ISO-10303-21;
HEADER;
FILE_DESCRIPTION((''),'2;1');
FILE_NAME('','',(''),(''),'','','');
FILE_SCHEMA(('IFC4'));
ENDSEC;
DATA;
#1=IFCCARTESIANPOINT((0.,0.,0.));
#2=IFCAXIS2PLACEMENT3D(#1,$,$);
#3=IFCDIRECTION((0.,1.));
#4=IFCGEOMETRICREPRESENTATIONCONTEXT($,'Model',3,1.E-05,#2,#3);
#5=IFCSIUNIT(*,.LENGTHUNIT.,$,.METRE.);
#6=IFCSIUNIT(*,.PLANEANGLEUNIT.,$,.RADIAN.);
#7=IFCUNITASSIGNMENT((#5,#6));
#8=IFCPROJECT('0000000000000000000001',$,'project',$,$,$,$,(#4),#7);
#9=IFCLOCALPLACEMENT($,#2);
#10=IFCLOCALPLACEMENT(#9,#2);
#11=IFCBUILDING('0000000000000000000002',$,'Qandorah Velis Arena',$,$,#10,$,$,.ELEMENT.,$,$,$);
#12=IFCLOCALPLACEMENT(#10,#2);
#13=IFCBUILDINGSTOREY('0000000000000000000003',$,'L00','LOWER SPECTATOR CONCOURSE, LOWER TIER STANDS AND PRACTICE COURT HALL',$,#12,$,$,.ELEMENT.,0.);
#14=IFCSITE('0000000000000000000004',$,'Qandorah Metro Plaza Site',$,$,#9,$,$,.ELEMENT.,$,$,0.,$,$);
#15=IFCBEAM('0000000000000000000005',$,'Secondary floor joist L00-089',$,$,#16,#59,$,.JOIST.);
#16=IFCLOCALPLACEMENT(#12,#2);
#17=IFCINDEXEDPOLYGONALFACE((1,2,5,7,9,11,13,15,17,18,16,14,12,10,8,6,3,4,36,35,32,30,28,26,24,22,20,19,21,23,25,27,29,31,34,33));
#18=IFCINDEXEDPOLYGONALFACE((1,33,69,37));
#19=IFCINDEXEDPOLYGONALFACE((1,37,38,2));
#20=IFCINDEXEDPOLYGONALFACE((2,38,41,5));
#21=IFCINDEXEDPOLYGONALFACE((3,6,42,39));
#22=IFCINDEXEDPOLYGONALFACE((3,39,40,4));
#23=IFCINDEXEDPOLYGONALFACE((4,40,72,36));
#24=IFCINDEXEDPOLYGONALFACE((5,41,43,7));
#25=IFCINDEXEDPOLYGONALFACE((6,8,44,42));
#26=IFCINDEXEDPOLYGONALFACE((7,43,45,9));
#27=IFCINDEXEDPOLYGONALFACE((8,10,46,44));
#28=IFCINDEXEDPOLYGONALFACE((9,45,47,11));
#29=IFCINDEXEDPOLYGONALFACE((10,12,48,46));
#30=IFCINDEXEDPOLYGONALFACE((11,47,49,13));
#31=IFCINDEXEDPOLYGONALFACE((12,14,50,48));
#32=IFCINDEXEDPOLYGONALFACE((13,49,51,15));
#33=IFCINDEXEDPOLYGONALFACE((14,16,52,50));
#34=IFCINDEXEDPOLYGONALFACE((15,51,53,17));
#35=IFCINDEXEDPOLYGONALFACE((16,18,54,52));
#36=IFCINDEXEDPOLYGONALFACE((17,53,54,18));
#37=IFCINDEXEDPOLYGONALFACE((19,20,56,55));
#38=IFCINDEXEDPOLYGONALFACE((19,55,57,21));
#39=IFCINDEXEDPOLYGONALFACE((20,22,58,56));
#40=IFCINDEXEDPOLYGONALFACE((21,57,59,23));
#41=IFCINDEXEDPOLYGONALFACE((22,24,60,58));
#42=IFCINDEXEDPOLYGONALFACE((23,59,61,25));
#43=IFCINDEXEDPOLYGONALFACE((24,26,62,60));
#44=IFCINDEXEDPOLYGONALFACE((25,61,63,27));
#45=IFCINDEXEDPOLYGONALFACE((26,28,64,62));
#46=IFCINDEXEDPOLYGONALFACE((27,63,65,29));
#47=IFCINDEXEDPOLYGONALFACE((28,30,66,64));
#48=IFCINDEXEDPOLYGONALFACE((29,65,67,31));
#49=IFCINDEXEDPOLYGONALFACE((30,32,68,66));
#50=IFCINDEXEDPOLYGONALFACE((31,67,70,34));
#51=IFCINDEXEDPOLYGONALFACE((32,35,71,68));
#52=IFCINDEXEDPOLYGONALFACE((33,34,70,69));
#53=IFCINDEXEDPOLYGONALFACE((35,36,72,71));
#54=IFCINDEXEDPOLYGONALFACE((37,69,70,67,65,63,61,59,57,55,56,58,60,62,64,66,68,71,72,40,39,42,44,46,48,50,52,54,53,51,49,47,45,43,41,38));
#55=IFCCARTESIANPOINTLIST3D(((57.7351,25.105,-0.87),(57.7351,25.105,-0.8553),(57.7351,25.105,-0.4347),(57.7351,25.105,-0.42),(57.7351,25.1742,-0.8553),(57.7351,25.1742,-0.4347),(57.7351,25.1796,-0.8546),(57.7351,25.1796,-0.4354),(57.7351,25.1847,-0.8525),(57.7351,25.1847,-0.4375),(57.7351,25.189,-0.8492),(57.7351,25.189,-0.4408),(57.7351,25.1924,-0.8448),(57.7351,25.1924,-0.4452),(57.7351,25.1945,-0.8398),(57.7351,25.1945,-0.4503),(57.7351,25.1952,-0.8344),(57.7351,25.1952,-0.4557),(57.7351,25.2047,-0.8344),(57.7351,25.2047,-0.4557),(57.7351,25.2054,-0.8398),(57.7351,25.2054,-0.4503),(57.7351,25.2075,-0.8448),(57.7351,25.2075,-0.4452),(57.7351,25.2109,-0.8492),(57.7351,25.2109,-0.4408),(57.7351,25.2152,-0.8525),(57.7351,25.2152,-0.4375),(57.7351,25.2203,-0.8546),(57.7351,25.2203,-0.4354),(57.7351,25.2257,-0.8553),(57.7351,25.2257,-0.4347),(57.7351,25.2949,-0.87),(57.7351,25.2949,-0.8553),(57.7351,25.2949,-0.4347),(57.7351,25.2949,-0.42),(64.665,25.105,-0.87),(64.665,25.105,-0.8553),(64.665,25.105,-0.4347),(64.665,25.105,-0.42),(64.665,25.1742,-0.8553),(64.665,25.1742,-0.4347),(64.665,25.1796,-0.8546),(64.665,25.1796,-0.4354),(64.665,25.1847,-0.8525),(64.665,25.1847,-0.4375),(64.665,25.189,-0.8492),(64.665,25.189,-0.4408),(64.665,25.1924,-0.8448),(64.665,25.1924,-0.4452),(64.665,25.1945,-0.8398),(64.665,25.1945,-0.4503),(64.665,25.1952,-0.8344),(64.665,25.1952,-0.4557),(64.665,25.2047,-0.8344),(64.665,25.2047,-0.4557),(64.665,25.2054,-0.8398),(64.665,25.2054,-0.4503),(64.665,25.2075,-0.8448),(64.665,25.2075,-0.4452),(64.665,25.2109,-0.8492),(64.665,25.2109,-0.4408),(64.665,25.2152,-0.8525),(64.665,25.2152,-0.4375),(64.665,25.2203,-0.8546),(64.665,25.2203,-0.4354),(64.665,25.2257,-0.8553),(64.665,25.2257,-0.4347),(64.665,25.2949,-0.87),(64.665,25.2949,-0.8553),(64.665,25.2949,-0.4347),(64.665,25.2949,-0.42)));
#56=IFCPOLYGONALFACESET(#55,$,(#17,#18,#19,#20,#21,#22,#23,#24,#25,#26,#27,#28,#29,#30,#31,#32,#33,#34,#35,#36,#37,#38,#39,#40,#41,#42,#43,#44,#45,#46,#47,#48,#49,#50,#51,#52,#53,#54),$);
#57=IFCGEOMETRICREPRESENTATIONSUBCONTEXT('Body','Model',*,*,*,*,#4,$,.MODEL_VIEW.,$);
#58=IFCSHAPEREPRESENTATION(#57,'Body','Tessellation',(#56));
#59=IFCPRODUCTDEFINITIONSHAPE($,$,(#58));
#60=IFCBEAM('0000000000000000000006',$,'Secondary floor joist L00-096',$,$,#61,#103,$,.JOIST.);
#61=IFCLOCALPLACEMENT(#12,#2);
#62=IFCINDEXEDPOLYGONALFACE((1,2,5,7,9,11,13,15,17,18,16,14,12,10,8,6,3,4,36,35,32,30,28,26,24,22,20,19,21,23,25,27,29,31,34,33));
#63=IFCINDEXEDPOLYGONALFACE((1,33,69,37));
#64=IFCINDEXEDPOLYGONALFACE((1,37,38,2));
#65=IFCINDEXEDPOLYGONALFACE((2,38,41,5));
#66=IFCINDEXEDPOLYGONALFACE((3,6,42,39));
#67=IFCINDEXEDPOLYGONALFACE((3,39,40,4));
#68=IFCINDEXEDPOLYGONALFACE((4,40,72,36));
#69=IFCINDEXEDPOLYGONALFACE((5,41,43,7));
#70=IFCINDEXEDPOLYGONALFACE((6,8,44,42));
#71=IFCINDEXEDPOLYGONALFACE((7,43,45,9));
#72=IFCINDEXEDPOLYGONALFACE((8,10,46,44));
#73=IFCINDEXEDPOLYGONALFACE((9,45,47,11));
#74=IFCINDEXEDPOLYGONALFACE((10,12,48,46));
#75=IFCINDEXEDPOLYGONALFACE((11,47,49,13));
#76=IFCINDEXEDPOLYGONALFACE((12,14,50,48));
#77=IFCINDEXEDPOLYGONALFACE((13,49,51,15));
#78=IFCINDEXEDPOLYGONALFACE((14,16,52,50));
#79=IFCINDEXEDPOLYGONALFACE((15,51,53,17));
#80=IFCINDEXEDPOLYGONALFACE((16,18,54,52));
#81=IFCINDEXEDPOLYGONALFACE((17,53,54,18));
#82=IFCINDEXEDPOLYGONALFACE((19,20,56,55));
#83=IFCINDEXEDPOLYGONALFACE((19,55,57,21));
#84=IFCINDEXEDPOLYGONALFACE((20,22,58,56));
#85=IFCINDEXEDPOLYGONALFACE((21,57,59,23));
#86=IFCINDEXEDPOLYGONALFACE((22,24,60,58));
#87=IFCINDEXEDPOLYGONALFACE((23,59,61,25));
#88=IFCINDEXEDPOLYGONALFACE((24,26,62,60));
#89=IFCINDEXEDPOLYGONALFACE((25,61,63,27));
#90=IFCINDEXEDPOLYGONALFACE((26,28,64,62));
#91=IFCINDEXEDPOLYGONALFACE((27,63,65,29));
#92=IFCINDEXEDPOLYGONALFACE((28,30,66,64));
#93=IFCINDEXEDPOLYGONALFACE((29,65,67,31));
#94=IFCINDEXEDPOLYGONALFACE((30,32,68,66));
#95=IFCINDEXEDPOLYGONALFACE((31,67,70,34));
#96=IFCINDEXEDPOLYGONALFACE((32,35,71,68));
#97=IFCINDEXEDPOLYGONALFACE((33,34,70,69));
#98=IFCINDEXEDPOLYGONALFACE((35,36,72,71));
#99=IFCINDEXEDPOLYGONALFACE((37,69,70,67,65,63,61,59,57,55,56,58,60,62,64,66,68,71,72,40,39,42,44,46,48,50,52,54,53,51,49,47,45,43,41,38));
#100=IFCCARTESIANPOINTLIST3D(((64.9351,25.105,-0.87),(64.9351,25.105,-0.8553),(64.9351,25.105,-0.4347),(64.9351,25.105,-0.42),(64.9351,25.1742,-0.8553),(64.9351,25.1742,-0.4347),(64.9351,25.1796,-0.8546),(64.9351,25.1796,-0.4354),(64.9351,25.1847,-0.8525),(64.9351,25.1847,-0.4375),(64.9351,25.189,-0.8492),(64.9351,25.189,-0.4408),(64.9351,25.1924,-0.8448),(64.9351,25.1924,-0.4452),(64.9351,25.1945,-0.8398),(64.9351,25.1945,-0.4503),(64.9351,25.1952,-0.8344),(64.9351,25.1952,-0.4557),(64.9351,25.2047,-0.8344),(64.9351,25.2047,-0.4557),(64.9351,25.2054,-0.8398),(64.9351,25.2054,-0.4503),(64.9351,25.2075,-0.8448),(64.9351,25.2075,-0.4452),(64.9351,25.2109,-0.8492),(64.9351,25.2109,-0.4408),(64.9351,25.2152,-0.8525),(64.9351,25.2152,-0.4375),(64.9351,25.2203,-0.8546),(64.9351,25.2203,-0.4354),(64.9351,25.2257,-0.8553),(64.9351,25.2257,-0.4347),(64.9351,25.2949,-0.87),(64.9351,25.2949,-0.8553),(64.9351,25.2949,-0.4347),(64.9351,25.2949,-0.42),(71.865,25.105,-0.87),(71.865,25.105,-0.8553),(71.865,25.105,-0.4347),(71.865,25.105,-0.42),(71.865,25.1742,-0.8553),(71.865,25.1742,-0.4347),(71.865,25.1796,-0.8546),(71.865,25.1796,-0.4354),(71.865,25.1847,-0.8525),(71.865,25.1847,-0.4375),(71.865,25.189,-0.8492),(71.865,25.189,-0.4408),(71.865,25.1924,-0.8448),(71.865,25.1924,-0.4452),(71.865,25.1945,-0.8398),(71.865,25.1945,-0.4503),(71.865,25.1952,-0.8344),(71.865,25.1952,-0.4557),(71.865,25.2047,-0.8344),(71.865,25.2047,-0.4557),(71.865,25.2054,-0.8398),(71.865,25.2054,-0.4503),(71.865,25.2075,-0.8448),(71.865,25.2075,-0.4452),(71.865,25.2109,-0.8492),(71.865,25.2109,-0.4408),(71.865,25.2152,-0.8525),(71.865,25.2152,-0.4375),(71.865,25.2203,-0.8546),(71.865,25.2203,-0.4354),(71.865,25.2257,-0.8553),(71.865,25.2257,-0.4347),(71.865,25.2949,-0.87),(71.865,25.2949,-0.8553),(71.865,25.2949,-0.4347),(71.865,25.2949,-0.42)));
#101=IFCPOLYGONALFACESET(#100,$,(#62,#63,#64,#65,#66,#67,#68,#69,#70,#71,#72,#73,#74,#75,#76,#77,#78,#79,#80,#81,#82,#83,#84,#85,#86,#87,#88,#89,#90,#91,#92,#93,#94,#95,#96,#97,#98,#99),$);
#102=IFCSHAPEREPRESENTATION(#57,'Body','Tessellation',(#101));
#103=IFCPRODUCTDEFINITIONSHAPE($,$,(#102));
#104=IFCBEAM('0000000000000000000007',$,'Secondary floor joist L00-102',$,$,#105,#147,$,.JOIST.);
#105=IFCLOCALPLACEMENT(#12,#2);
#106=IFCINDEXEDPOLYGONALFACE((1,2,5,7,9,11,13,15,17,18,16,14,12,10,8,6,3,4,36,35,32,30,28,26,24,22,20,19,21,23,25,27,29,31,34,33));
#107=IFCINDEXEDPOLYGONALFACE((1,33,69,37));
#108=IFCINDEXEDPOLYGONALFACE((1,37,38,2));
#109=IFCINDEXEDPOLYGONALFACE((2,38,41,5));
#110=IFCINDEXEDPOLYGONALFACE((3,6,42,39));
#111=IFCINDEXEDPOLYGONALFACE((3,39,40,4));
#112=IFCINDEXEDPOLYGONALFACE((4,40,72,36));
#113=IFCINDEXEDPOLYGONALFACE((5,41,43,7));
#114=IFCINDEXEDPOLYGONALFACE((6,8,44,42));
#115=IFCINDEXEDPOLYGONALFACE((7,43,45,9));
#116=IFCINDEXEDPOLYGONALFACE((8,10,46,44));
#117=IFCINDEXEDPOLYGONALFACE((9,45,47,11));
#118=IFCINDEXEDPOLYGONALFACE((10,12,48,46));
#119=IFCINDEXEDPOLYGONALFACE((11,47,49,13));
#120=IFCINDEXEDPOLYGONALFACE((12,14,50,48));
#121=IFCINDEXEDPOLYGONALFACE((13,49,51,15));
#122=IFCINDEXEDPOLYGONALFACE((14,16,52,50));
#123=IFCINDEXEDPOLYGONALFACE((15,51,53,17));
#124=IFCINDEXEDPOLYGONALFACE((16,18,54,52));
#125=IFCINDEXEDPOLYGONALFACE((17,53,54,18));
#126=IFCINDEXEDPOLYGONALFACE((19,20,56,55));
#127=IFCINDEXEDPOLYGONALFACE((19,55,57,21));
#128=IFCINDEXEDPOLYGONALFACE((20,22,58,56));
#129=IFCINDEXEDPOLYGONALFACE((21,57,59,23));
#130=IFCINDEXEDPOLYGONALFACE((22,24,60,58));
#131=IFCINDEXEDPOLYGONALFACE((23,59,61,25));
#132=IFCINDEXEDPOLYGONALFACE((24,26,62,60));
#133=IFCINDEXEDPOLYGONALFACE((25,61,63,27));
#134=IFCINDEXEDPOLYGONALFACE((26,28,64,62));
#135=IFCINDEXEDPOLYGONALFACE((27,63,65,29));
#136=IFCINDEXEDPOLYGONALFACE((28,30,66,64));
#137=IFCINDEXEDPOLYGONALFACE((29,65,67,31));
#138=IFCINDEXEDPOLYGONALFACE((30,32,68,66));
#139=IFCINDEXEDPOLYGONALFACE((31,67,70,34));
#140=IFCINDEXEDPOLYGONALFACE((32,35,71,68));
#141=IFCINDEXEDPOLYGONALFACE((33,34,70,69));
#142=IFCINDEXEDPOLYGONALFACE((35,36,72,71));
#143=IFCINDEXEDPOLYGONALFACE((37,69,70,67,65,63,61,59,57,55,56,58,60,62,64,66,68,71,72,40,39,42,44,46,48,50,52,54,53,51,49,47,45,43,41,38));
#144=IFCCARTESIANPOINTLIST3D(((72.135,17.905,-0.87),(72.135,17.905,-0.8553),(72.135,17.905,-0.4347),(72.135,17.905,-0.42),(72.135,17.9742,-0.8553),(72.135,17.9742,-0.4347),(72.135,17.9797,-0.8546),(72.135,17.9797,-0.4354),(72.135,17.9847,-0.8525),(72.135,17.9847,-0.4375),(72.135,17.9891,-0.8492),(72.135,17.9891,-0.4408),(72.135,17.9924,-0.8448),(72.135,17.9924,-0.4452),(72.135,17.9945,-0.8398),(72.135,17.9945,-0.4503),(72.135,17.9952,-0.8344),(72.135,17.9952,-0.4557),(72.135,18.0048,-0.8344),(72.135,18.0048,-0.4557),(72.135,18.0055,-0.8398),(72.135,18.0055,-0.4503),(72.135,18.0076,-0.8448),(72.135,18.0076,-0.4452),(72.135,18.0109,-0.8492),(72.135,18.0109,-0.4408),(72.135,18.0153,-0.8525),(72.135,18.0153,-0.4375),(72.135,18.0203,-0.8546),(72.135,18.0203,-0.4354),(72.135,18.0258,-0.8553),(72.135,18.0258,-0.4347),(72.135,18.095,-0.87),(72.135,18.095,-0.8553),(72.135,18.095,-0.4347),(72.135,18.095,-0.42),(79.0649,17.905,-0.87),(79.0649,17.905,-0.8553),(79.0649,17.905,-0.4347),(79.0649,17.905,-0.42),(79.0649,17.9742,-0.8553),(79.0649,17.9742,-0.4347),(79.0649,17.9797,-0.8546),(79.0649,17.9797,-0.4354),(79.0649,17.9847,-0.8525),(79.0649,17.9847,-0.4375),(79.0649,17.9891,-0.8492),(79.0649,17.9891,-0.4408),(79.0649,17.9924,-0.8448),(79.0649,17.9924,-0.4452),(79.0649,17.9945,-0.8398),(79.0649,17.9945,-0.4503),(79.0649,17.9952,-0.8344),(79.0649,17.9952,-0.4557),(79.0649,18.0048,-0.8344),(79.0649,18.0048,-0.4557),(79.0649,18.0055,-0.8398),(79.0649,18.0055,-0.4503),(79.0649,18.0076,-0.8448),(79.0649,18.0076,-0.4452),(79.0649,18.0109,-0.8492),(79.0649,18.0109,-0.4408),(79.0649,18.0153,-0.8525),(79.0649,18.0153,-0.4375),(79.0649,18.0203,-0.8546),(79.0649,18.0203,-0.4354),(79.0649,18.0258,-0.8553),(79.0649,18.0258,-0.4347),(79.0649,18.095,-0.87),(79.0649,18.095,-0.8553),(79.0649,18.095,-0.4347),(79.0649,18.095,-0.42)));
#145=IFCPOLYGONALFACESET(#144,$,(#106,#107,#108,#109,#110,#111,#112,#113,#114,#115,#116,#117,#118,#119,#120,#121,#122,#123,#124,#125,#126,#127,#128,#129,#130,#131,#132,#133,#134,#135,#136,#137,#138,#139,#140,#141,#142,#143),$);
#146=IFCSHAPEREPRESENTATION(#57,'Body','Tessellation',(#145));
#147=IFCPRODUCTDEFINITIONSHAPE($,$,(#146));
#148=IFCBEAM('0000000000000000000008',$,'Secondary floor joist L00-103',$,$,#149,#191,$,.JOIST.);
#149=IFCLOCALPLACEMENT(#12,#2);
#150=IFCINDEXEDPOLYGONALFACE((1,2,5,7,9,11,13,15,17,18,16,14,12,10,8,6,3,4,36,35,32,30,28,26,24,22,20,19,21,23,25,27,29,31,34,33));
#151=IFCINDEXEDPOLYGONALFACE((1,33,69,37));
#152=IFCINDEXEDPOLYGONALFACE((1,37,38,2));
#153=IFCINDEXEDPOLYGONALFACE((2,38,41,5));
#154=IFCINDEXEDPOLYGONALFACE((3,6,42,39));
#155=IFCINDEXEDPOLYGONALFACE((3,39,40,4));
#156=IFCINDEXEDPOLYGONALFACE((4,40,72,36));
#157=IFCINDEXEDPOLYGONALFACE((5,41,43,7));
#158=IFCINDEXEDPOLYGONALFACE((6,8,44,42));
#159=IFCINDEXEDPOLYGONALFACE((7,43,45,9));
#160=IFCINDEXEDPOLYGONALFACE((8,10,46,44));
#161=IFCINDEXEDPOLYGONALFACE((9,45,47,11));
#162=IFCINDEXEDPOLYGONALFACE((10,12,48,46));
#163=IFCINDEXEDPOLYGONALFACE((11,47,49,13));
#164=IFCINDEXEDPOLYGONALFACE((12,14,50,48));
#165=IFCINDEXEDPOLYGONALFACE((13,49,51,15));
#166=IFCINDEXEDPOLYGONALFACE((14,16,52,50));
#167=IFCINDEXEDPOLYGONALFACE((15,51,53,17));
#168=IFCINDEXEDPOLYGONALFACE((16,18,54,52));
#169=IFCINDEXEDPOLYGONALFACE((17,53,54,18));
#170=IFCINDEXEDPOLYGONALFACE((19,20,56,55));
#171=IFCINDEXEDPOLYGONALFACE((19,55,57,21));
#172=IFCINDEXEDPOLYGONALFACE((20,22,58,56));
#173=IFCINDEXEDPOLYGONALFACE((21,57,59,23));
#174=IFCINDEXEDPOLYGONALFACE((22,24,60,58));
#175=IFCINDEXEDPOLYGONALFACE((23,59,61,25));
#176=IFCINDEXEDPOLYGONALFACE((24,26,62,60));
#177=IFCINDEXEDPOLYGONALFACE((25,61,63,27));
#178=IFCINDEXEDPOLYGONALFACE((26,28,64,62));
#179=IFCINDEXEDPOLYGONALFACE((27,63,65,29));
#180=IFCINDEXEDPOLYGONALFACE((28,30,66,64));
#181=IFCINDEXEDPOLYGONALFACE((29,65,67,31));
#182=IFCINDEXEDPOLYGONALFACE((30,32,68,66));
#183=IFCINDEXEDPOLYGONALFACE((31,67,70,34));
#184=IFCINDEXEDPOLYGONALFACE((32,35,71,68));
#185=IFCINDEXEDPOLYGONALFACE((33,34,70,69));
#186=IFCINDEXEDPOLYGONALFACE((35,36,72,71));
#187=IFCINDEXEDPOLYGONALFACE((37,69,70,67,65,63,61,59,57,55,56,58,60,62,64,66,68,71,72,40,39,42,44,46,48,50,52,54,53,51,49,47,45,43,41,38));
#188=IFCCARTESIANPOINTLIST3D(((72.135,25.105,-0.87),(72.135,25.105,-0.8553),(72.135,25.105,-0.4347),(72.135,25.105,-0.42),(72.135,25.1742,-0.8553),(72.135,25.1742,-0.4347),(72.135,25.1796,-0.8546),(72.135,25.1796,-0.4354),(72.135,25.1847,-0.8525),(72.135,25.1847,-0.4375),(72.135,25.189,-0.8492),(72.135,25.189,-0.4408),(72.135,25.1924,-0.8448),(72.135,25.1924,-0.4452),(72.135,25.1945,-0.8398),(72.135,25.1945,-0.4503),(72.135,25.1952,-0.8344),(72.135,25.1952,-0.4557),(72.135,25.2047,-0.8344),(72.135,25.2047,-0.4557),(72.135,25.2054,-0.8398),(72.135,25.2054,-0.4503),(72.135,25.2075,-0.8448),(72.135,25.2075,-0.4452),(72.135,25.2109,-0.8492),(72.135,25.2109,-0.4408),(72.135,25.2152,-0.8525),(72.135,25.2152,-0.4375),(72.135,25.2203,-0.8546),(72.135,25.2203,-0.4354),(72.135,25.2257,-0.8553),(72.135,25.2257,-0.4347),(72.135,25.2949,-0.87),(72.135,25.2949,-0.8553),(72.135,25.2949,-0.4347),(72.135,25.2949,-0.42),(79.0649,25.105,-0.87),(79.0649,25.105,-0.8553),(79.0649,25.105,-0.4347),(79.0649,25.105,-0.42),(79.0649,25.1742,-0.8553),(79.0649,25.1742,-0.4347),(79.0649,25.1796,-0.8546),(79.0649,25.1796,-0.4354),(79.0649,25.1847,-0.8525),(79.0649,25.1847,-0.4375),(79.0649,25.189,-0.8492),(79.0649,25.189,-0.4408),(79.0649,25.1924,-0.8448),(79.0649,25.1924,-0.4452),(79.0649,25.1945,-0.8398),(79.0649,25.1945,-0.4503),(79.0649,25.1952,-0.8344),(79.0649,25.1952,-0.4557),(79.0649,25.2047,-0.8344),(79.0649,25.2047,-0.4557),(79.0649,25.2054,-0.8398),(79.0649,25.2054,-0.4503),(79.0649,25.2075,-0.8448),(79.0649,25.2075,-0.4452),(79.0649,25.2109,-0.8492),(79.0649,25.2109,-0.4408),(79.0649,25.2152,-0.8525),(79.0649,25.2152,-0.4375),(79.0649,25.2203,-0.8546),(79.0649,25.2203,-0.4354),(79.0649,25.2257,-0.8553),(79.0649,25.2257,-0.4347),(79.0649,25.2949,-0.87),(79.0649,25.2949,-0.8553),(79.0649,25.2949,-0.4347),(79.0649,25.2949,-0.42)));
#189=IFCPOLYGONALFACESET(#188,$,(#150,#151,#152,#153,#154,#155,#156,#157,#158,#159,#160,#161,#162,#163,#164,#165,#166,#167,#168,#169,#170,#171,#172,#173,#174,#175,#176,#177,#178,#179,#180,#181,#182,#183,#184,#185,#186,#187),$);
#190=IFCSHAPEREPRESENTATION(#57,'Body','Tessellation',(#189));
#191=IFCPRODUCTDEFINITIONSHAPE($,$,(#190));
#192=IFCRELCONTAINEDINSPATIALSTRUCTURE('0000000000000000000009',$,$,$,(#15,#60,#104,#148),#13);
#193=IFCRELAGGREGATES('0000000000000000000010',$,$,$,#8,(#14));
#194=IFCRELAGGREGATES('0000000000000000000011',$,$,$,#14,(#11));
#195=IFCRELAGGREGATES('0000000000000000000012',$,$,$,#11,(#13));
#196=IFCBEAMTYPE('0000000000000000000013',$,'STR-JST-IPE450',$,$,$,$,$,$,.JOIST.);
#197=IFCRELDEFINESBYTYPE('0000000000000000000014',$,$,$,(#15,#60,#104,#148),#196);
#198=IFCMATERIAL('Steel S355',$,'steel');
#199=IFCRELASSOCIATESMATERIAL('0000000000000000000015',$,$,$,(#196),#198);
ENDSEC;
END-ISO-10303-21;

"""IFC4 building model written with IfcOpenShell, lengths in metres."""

from ifc_helpers import new_model, si_unit, direction, frame, origin, origin_2d, place, context, subcontext, project, spatial, i_section, extrude, material, material_profile, profile_set, type_object, element, save


model = new_model("IFC4")

# Units and contexts
model_context = context("Model", 3, precision=1e-05, world=origin(), true_north=direction((0.0, 1.0)))
body_context = subcontext(model_context, "Body", "Model", "MODEL_VIEW")
ifc_project = project(units=[si_unit("LENGTHUNIT", "METRE"), si_unit("PLANEANGLEUNIT", "RADIAN")], contexts=[model_context])

# Site, building, storey
site_placement = place(None, origin())
site = spatial("IfcSite", under=ifc_project, at=site_placement, Name="Qandorah Metro Plaza Site", CompositionType="ELEMENT", RefElevation=0.0)
building_placement = place(site_placement, origin())
building = spatial("IfcBuilding", under=site, at=building_placement, Name="Qandorah Velis Arena", CompositionType="ELEMENT")
storey_placement = place(building_placement, origin())
storey = spatial("IfcBuildingStorey", under=building, at=storey_placement, Name="L00", Description="LOWER SPECTATOR CONCOURSE, LOWER TIER STANDS AND PRACTICE COURT HALL", CompositionType="ELEMENT", Elevation=0.0)

# Beams
ifc_material_1 = material(Name="Steel S355", Category="steel")
ifc_material_profile_1 = material_profile(ifc_material_1, i_section(OverallWidth=0.1899, OverallDepth=0.45, WebThickness=0.0095, FlangeThickness=0.0146, FilletRadius=0.021, at=origin_2d()), Name="IPE 450")
ifc_profile_set_1 = profile_set([ifc_material_profile_1], Name="Steel S355")
beam_type_1 = type_object("IfcBeamType", Name="STR-JST-IPE450", PredefinedType="JOIST", material=ifc_profile_set_1)
for number, where, z_axis, x_axis, name in (
    (1, (57.7351, 25.2, -0.645), (1.0, 0.0, 0.0), (0.0, 1.0, 0.0), "Secondary floor joist L00-089"),
    (2, (64.9351, 25.2, -0.645), (1.0, 0.0, 0.0), (0.0, 1.0, 0.0), "Secondary floor joist L00-096"),
    (3, (72.135, 18.0, -0.645), (1.0, 0.0, 0.0), (0.0, 1.0, 0.0), "Secondary floor joist L00-102"),
    (4, (72.135, 25.2, -0.645), (1.0, 0.0, 0.0), (0.0, 1.0, 0.0), "Secondary floor joist L00-103"),
):
    element("IfcBeam", number, at=place(storey_placement, frame(where, z_axis=z_axis, x_axis=x_axis)), inside=storey, type_object=beam_type_1, Name=name, PredefinedType="JOIST", context=body_context, shape_type="SweptSolid", body=[
        extrude(i_section(OverallWidth=0.1899, OverallDepth=0.45, WebThickness=0.0095, FlangeThickness=0.0146, FilletRadius=0.021, at=origin_2d()), origin(), (0.0, 0.0, 1.0), 6.9299),
    ])

save(model, "model.ifc")
